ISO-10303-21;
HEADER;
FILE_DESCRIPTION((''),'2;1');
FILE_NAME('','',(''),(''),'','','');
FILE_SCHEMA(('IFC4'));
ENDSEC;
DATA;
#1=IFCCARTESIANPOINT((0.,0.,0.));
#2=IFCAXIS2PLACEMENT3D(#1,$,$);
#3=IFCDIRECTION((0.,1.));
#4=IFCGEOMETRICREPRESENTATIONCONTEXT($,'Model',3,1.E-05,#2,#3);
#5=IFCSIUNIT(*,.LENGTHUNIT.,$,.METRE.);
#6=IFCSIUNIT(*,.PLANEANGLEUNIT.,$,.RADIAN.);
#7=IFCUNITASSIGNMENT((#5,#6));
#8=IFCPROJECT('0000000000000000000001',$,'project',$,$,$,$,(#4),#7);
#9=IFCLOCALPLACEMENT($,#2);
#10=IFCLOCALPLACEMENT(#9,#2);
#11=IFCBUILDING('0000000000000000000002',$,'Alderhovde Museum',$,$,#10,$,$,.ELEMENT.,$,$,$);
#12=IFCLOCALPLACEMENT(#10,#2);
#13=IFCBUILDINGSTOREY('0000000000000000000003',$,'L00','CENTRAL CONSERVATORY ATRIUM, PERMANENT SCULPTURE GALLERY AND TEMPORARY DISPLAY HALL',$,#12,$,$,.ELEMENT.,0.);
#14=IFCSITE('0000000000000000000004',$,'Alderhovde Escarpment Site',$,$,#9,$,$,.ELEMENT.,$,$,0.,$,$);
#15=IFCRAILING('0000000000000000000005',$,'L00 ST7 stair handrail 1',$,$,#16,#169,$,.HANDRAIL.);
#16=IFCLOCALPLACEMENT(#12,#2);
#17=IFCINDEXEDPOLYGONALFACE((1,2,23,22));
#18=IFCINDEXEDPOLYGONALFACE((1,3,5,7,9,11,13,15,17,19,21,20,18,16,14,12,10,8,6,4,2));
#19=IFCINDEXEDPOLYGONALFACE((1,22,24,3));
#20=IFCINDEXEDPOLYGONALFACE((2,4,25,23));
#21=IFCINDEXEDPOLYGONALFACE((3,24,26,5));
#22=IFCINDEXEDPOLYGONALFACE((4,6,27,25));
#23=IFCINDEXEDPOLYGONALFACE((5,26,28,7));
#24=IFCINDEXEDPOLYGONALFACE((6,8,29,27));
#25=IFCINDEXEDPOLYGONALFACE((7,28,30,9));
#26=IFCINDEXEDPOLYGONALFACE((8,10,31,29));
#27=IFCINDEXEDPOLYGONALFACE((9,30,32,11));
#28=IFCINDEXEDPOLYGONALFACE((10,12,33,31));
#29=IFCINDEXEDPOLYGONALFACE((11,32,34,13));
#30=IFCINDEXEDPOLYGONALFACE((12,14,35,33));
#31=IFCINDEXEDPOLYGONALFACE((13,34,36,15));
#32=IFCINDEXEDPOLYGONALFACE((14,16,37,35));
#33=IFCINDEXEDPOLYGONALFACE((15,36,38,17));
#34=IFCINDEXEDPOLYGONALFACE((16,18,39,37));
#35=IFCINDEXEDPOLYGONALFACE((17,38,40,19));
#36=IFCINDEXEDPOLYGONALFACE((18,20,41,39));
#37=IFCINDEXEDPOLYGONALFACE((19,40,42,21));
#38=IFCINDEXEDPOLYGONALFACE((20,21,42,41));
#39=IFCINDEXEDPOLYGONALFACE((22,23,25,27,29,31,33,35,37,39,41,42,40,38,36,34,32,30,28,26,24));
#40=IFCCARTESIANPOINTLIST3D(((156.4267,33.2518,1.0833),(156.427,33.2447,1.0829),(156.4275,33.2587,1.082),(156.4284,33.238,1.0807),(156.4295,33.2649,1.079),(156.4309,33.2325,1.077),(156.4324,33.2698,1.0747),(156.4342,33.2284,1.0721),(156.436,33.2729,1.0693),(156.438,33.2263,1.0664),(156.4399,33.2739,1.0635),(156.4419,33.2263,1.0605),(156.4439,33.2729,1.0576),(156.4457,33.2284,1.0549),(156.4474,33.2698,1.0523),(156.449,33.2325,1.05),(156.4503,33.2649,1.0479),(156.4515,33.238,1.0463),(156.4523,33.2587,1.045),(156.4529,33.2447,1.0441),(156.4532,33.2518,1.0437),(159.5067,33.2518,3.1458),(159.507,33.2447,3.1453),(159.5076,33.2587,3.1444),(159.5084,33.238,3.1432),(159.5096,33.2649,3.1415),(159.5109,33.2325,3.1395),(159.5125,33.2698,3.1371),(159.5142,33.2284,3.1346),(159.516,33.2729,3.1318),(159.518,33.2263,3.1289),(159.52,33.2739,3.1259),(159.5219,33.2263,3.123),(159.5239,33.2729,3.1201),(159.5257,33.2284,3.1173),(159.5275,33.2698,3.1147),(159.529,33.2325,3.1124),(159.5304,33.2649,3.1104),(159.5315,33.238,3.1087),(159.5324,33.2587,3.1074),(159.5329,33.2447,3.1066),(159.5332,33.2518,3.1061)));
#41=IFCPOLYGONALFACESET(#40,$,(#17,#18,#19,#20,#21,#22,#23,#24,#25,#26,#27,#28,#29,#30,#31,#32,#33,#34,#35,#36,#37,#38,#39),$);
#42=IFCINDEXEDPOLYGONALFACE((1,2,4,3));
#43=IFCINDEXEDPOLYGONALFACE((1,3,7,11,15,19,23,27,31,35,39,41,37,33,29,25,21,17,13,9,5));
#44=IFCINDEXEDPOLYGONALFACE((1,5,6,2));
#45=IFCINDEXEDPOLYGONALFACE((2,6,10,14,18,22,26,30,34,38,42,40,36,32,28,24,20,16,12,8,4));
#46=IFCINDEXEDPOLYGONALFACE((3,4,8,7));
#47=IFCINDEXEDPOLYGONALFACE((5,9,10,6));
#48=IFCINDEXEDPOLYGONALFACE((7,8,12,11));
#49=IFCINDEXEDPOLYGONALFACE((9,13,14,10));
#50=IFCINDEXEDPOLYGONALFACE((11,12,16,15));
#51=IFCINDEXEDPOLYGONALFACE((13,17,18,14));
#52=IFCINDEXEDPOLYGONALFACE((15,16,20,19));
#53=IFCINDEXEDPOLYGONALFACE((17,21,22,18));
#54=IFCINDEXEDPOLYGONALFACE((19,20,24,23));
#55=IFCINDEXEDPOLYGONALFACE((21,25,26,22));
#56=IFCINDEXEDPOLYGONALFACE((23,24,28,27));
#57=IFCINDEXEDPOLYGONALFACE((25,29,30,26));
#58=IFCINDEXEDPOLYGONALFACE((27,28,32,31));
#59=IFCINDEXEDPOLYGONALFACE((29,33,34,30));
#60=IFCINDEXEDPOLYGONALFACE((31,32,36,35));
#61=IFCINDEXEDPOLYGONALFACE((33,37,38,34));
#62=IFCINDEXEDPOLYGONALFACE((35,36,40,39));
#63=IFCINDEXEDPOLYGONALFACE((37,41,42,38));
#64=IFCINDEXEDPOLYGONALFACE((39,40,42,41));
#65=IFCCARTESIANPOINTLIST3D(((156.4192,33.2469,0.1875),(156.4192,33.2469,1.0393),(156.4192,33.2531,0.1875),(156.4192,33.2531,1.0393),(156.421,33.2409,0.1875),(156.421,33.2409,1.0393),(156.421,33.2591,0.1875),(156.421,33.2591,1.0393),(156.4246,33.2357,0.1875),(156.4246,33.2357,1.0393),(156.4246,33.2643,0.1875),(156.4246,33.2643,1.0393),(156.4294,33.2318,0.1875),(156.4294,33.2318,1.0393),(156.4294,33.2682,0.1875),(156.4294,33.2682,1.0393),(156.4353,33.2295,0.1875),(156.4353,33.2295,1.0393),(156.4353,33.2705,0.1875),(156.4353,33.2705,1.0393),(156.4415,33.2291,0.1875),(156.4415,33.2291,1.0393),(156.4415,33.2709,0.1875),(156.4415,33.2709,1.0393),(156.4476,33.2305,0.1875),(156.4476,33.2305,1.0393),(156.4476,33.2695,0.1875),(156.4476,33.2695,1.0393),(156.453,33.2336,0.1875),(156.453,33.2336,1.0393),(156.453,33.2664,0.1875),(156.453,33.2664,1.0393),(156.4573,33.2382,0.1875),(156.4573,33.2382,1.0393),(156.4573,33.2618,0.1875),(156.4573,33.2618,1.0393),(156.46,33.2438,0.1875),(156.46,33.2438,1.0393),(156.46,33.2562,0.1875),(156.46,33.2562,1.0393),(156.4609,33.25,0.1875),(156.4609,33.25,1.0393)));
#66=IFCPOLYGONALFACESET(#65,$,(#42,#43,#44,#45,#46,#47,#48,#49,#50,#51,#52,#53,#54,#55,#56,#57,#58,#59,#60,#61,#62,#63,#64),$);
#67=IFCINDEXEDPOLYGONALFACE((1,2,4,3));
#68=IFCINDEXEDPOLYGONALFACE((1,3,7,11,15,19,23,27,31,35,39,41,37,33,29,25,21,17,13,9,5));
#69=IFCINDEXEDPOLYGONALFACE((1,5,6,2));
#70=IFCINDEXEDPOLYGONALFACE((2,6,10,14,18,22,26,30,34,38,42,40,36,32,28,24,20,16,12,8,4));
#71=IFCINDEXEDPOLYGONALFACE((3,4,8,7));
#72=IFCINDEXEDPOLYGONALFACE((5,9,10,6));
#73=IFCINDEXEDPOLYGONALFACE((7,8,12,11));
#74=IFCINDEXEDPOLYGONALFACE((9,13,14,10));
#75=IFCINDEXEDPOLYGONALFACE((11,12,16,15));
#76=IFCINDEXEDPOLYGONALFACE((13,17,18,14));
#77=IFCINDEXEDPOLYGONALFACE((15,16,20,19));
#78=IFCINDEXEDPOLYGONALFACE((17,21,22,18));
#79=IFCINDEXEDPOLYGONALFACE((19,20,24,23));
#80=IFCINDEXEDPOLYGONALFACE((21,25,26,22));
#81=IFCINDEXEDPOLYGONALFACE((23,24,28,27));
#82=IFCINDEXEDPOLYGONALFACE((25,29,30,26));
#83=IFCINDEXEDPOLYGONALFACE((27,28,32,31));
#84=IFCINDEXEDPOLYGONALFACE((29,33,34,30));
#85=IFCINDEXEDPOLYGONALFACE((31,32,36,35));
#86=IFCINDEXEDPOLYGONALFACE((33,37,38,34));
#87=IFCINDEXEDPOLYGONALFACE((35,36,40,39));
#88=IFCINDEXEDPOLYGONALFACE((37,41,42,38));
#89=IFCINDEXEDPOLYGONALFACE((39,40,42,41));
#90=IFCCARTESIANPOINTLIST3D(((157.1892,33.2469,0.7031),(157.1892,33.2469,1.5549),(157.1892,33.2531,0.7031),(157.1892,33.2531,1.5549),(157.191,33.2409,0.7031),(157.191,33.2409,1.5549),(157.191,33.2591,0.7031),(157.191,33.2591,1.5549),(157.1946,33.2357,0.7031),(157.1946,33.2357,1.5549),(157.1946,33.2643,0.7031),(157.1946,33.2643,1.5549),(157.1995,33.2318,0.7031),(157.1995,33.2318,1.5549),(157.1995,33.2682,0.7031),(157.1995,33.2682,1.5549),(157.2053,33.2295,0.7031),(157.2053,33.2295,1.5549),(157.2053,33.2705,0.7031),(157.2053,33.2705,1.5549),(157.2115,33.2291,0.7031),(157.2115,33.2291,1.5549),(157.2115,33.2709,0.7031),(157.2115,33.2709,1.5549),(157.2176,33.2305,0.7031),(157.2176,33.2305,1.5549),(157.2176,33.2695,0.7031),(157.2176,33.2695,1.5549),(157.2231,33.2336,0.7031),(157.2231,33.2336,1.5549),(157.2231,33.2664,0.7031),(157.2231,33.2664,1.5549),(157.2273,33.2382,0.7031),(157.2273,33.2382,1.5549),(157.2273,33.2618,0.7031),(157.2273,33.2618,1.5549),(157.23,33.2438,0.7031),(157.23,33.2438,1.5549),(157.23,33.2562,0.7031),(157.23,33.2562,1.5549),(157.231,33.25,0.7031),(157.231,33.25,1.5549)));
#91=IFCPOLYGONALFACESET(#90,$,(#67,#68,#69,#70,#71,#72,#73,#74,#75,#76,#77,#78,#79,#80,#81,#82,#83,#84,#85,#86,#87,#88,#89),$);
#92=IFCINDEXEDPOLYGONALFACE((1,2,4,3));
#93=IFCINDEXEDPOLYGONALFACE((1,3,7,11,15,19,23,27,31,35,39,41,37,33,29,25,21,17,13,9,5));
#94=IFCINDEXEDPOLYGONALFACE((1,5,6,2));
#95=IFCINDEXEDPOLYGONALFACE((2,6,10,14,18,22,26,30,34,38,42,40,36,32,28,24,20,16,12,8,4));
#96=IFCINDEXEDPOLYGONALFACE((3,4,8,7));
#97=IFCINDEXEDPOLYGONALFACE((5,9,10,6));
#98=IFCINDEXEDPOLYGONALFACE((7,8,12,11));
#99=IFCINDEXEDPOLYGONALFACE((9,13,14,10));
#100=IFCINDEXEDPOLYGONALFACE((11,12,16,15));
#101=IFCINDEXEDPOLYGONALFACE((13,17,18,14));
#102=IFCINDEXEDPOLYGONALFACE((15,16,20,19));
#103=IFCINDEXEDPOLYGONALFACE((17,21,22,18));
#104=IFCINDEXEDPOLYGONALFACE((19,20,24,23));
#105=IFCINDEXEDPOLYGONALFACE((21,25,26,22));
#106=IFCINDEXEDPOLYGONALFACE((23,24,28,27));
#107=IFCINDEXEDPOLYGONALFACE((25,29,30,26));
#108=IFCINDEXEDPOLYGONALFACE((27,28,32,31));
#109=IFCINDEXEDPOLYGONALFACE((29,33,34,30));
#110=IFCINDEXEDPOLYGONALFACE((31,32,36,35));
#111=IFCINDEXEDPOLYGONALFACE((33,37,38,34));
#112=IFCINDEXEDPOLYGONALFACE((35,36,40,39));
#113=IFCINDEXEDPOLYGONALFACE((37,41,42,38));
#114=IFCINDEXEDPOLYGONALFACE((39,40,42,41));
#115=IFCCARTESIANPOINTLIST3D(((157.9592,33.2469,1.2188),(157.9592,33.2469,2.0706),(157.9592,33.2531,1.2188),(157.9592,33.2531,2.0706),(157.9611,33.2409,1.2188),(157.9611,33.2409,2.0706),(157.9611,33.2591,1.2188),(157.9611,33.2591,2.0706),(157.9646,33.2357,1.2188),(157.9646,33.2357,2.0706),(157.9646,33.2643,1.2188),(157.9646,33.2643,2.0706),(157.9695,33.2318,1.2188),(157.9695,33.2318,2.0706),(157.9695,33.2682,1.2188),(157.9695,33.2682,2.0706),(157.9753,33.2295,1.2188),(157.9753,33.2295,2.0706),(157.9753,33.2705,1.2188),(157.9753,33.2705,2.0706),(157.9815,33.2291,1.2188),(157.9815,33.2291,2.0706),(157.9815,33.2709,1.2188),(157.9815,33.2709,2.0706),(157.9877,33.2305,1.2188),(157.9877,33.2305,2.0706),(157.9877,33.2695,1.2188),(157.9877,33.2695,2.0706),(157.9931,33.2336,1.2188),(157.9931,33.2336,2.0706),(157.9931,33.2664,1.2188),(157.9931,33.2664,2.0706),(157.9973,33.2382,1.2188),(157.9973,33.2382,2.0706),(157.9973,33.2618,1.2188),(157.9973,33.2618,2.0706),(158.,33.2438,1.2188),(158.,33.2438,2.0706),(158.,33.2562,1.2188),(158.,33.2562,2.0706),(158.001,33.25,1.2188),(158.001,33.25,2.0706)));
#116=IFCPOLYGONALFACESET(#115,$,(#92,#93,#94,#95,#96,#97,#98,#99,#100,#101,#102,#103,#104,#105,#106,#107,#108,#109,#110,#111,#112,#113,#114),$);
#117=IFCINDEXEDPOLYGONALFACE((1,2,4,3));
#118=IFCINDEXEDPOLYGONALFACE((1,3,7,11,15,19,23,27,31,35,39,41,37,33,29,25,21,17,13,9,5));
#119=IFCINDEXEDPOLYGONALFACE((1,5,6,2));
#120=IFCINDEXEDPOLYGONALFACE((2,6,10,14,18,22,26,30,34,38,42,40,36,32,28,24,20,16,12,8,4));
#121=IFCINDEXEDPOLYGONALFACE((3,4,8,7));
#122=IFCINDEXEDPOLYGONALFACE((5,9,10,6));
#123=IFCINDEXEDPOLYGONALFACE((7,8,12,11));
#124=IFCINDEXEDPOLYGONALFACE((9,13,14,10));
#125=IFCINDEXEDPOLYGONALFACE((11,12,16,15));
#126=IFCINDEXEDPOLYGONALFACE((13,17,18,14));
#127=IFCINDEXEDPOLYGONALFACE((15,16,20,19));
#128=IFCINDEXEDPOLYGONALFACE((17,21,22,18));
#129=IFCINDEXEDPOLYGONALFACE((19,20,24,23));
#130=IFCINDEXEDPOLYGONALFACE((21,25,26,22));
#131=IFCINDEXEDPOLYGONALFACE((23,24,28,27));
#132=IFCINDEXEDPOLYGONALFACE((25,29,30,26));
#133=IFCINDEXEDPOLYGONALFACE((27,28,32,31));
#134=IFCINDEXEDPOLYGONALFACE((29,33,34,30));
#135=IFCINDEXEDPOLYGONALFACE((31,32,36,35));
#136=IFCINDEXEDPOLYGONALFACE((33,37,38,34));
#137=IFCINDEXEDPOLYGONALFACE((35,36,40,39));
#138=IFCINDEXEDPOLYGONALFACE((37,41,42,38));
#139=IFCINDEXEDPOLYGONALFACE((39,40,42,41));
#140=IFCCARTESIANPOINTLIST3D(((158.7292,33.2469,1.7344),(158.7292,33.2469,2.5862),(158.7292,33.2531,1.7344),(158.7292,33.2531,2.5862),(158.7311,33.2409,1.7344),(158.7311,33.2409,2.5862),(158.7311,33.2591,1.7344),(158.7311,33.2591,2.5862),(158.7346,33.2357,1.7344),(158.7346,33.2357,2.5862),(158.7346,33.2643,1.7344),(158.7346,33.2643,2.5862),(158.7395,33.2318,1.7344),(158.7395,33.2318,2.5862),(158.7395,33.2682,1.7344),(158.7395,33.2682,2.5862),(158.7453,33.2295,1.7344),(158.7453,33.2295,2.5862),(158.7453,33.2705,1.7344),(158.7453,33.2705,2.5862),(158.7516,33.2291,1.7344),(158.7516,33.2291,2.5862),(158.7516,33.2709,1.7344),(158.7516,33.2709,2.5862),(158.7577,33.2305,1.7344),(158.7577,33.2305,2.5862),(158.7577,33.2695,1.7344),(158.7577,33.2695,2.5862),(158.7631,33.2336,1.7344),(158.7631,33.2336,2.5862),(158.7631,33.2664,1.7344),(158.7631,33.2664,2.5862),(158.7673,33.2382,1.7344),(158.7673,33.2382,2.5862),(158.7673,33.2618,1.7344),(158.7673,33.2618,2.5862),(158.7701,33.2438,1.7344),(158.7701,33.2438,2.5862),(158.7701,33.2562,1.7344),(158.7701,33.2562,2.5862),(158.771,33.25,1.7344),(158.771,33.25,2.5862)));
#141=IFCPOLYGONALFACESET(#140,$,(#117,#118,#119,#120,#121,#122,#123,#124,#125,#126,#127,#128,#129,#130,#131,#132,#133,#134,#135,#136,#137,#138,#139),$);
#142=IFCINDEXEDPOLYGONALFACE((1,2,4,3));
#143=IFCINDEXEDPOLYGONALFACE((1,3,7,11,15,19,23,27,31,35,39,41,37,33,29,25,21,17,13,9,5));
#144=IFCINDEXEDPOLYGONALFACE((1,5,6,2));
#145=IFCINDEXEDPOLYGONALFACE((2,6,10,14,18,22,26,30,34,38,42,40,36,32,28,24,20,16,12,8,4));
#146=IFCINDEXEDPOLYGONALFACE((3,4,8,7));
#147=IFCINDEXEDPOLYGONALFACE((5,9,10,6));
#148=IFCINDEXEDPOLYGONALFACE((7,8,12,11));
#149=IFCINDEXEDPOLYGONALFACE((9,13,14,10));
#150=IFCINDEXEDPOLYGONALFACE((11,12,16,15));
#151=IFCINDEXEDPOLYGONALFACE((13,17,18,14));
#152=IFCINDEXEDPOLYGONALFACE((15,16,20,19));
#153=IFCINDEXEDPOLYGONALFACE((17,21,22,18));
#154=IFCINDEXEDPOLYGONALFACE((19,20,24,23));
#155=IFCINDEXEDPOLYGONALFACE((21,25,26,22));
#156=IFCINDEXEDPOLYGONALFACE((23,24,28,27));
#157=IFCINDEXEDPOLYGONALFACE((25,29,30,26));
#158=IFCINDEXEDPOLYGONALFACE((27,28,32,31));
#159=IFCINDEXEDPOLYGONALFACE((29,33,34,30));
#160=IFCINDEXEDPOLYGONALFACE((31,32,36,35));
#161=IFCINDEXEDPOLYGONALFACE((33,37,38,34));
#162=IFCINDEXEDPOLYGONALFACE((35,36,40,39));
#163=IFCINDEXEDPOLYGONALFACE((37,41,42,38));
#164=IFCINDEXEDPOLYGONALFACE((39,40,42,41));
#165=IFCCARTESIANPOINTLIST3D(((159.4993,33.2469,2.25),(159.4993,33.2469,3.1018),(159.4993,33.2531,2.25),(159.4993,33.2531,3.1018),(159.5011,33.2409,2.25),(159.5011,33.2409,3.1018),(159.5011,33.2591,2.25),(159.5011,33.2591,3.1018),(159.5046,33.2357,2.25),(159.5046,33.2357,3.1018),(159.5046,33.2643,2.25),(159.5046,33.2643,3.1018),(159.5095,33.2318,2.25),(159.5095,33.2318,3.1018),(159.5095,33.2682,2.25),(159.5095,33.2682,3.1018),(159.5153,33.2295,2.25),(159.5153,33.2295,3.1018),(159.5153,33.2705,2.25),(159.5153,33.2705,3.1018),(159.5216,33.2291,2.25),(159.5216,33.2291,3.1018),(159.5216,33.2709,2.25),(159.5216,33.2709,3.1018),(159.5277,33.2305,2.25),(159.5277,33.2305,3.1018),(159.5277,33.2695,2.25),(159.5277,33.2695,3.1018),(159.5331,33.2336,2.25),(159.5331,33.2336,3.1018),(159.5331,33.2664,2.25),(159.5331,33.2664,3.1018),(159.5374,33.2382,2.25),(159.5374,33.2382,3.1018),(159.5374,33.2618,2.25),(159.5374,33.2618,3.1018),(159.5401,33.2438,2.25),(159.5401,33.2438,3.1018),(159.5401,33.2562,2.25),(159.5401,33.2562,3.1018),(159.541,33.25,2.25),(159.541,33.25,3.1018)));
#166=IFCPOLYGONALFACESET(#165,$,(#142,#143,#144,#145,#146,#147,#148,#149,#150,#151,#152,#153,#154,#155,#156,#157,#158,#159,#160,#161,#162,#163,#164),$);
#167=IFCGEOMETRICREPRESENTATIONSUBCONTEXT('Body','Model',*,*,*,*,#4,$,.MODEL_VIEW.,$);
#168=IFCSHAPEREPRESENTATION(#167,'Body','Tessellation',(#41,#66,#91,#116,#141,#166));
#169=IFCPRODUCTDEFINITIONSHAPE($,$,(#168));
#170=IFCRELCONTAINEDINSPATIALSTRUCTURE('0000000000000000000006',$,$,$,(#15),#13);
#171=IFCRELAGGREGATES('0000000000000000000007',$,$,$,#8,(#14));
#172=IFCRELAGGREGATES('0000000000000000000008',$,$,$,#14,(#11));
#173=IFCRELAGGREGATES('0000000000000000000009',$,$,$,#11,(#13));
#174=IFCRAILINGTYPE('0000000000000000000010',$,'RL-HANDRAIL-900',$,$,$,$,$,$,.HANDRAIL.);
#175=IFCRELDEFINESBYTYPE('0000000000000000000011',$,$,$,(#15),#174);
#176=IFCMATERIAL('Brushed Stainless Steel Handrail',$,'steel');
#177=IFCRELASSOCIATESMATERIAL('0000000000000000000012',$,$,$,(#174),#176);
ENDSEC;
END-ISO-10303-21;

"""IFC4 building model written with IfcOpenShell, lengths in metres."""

from ifc_helpers import new_model, si_unit, direction, frame, origin, origin_2d, place, context, subcontext, project, spatial, circle, extrude, material, type_object, element, save


model = new_model("IFC4")

# Units and contexts
model_context = context("Model", 3, precision=1e-05, world=origin(), true_north=direction((0.0, 1.0)))
body_context = subcontext(model_context, "Body", "Model", "MODEL_VIEW")
ifc_project = project(units=[si_unit("LENGTHUNIT", "METRE"), si_unit("PLANEANGLEUNIT", "RADIAN")], contexts=[model_context])

# Site, building, storey
site_placement = place(None, origin())
site = spatial("IfcSite", under=ifc_project, at=site_placement, Name="Alderhovde Escarpment Site", CompositionType="ELEMENT", RefElevation=0.0)
building_placement = place(site_placement, origin())
building = spatial("IfcBuilding", under=site, at=building_placement, Name="Alderhovde Museum", CompositionType="ELEMENT")
storey_placement = place(building_placement, origin())
storey = spatial("IfcBuildingStorey", under=building, at=storey_placement, Name="L00", Description="CENTRAL CONSERVATORY ATRIUM, PERMANENT SCULPTURE GALLERY AND TEMPORARY DISPLAY HALL", CompositionType="ELEMENT", Elevation=0.0)

# Railing
ifc_material_1 = material(Name="Brushed Stainless Steel Handrail", Category="steel")
railing_type_1 = type_object("IfcRailingType", Name="RL-HANDRAIL-900", PredefinedType="HANDRAIL", material=ifc_material_1)
railing_1_placement = place(storey_placement, frame((156.4399, 33.25, 0.1875)))
element("IfcRailing", 1, at=railing_1_placement, inside=storey, type_object=railing_type_1, Name="L00 ST7 stair handrail 1", PredefinedType="HANDRAIL", context=body_context, shape_type="SweptSolid", body=[
    extrude(circle(Radius=0.0239, at=origin_2d()), frame((0.0, 0.0, 0.876), z_axis=(0.830914, 0.0, 0.556401), x_axis=(0.0, 1.0, 0.0)), (0.0, 0.0, 1.0), 3.7068),
    extrude(circle(Radius=0.021, at=origin_2d()), origin(), (0.0, 0.0, 1.0), 0.8518),
    extrude(circle(Radius=0.021, at=origin_2d()), frame((0.77, 0.0, 0.5156)), (0.0, 0.0, 1.0), 0.8518),
    extrude(circle(Radius=0.021, at=origin_2d()), frame((1.54, 0.0, 1.0312)), (0.0, 0.0, 1.0), 0.8518),
    extrude(circle(Radius=0.021, at=origin_2d()), frame((2.3101, 0.0, 1.5469)), (0.0, 0.0, 1.0), 0.8518),
    extrude(circle(Radius=0.021, at=origin_2d()), frame((3.0801, 0.0, 2.0625)), (0.0, 0.0, 1.0), 0.8518),
])

save(model, "model.ifc")
